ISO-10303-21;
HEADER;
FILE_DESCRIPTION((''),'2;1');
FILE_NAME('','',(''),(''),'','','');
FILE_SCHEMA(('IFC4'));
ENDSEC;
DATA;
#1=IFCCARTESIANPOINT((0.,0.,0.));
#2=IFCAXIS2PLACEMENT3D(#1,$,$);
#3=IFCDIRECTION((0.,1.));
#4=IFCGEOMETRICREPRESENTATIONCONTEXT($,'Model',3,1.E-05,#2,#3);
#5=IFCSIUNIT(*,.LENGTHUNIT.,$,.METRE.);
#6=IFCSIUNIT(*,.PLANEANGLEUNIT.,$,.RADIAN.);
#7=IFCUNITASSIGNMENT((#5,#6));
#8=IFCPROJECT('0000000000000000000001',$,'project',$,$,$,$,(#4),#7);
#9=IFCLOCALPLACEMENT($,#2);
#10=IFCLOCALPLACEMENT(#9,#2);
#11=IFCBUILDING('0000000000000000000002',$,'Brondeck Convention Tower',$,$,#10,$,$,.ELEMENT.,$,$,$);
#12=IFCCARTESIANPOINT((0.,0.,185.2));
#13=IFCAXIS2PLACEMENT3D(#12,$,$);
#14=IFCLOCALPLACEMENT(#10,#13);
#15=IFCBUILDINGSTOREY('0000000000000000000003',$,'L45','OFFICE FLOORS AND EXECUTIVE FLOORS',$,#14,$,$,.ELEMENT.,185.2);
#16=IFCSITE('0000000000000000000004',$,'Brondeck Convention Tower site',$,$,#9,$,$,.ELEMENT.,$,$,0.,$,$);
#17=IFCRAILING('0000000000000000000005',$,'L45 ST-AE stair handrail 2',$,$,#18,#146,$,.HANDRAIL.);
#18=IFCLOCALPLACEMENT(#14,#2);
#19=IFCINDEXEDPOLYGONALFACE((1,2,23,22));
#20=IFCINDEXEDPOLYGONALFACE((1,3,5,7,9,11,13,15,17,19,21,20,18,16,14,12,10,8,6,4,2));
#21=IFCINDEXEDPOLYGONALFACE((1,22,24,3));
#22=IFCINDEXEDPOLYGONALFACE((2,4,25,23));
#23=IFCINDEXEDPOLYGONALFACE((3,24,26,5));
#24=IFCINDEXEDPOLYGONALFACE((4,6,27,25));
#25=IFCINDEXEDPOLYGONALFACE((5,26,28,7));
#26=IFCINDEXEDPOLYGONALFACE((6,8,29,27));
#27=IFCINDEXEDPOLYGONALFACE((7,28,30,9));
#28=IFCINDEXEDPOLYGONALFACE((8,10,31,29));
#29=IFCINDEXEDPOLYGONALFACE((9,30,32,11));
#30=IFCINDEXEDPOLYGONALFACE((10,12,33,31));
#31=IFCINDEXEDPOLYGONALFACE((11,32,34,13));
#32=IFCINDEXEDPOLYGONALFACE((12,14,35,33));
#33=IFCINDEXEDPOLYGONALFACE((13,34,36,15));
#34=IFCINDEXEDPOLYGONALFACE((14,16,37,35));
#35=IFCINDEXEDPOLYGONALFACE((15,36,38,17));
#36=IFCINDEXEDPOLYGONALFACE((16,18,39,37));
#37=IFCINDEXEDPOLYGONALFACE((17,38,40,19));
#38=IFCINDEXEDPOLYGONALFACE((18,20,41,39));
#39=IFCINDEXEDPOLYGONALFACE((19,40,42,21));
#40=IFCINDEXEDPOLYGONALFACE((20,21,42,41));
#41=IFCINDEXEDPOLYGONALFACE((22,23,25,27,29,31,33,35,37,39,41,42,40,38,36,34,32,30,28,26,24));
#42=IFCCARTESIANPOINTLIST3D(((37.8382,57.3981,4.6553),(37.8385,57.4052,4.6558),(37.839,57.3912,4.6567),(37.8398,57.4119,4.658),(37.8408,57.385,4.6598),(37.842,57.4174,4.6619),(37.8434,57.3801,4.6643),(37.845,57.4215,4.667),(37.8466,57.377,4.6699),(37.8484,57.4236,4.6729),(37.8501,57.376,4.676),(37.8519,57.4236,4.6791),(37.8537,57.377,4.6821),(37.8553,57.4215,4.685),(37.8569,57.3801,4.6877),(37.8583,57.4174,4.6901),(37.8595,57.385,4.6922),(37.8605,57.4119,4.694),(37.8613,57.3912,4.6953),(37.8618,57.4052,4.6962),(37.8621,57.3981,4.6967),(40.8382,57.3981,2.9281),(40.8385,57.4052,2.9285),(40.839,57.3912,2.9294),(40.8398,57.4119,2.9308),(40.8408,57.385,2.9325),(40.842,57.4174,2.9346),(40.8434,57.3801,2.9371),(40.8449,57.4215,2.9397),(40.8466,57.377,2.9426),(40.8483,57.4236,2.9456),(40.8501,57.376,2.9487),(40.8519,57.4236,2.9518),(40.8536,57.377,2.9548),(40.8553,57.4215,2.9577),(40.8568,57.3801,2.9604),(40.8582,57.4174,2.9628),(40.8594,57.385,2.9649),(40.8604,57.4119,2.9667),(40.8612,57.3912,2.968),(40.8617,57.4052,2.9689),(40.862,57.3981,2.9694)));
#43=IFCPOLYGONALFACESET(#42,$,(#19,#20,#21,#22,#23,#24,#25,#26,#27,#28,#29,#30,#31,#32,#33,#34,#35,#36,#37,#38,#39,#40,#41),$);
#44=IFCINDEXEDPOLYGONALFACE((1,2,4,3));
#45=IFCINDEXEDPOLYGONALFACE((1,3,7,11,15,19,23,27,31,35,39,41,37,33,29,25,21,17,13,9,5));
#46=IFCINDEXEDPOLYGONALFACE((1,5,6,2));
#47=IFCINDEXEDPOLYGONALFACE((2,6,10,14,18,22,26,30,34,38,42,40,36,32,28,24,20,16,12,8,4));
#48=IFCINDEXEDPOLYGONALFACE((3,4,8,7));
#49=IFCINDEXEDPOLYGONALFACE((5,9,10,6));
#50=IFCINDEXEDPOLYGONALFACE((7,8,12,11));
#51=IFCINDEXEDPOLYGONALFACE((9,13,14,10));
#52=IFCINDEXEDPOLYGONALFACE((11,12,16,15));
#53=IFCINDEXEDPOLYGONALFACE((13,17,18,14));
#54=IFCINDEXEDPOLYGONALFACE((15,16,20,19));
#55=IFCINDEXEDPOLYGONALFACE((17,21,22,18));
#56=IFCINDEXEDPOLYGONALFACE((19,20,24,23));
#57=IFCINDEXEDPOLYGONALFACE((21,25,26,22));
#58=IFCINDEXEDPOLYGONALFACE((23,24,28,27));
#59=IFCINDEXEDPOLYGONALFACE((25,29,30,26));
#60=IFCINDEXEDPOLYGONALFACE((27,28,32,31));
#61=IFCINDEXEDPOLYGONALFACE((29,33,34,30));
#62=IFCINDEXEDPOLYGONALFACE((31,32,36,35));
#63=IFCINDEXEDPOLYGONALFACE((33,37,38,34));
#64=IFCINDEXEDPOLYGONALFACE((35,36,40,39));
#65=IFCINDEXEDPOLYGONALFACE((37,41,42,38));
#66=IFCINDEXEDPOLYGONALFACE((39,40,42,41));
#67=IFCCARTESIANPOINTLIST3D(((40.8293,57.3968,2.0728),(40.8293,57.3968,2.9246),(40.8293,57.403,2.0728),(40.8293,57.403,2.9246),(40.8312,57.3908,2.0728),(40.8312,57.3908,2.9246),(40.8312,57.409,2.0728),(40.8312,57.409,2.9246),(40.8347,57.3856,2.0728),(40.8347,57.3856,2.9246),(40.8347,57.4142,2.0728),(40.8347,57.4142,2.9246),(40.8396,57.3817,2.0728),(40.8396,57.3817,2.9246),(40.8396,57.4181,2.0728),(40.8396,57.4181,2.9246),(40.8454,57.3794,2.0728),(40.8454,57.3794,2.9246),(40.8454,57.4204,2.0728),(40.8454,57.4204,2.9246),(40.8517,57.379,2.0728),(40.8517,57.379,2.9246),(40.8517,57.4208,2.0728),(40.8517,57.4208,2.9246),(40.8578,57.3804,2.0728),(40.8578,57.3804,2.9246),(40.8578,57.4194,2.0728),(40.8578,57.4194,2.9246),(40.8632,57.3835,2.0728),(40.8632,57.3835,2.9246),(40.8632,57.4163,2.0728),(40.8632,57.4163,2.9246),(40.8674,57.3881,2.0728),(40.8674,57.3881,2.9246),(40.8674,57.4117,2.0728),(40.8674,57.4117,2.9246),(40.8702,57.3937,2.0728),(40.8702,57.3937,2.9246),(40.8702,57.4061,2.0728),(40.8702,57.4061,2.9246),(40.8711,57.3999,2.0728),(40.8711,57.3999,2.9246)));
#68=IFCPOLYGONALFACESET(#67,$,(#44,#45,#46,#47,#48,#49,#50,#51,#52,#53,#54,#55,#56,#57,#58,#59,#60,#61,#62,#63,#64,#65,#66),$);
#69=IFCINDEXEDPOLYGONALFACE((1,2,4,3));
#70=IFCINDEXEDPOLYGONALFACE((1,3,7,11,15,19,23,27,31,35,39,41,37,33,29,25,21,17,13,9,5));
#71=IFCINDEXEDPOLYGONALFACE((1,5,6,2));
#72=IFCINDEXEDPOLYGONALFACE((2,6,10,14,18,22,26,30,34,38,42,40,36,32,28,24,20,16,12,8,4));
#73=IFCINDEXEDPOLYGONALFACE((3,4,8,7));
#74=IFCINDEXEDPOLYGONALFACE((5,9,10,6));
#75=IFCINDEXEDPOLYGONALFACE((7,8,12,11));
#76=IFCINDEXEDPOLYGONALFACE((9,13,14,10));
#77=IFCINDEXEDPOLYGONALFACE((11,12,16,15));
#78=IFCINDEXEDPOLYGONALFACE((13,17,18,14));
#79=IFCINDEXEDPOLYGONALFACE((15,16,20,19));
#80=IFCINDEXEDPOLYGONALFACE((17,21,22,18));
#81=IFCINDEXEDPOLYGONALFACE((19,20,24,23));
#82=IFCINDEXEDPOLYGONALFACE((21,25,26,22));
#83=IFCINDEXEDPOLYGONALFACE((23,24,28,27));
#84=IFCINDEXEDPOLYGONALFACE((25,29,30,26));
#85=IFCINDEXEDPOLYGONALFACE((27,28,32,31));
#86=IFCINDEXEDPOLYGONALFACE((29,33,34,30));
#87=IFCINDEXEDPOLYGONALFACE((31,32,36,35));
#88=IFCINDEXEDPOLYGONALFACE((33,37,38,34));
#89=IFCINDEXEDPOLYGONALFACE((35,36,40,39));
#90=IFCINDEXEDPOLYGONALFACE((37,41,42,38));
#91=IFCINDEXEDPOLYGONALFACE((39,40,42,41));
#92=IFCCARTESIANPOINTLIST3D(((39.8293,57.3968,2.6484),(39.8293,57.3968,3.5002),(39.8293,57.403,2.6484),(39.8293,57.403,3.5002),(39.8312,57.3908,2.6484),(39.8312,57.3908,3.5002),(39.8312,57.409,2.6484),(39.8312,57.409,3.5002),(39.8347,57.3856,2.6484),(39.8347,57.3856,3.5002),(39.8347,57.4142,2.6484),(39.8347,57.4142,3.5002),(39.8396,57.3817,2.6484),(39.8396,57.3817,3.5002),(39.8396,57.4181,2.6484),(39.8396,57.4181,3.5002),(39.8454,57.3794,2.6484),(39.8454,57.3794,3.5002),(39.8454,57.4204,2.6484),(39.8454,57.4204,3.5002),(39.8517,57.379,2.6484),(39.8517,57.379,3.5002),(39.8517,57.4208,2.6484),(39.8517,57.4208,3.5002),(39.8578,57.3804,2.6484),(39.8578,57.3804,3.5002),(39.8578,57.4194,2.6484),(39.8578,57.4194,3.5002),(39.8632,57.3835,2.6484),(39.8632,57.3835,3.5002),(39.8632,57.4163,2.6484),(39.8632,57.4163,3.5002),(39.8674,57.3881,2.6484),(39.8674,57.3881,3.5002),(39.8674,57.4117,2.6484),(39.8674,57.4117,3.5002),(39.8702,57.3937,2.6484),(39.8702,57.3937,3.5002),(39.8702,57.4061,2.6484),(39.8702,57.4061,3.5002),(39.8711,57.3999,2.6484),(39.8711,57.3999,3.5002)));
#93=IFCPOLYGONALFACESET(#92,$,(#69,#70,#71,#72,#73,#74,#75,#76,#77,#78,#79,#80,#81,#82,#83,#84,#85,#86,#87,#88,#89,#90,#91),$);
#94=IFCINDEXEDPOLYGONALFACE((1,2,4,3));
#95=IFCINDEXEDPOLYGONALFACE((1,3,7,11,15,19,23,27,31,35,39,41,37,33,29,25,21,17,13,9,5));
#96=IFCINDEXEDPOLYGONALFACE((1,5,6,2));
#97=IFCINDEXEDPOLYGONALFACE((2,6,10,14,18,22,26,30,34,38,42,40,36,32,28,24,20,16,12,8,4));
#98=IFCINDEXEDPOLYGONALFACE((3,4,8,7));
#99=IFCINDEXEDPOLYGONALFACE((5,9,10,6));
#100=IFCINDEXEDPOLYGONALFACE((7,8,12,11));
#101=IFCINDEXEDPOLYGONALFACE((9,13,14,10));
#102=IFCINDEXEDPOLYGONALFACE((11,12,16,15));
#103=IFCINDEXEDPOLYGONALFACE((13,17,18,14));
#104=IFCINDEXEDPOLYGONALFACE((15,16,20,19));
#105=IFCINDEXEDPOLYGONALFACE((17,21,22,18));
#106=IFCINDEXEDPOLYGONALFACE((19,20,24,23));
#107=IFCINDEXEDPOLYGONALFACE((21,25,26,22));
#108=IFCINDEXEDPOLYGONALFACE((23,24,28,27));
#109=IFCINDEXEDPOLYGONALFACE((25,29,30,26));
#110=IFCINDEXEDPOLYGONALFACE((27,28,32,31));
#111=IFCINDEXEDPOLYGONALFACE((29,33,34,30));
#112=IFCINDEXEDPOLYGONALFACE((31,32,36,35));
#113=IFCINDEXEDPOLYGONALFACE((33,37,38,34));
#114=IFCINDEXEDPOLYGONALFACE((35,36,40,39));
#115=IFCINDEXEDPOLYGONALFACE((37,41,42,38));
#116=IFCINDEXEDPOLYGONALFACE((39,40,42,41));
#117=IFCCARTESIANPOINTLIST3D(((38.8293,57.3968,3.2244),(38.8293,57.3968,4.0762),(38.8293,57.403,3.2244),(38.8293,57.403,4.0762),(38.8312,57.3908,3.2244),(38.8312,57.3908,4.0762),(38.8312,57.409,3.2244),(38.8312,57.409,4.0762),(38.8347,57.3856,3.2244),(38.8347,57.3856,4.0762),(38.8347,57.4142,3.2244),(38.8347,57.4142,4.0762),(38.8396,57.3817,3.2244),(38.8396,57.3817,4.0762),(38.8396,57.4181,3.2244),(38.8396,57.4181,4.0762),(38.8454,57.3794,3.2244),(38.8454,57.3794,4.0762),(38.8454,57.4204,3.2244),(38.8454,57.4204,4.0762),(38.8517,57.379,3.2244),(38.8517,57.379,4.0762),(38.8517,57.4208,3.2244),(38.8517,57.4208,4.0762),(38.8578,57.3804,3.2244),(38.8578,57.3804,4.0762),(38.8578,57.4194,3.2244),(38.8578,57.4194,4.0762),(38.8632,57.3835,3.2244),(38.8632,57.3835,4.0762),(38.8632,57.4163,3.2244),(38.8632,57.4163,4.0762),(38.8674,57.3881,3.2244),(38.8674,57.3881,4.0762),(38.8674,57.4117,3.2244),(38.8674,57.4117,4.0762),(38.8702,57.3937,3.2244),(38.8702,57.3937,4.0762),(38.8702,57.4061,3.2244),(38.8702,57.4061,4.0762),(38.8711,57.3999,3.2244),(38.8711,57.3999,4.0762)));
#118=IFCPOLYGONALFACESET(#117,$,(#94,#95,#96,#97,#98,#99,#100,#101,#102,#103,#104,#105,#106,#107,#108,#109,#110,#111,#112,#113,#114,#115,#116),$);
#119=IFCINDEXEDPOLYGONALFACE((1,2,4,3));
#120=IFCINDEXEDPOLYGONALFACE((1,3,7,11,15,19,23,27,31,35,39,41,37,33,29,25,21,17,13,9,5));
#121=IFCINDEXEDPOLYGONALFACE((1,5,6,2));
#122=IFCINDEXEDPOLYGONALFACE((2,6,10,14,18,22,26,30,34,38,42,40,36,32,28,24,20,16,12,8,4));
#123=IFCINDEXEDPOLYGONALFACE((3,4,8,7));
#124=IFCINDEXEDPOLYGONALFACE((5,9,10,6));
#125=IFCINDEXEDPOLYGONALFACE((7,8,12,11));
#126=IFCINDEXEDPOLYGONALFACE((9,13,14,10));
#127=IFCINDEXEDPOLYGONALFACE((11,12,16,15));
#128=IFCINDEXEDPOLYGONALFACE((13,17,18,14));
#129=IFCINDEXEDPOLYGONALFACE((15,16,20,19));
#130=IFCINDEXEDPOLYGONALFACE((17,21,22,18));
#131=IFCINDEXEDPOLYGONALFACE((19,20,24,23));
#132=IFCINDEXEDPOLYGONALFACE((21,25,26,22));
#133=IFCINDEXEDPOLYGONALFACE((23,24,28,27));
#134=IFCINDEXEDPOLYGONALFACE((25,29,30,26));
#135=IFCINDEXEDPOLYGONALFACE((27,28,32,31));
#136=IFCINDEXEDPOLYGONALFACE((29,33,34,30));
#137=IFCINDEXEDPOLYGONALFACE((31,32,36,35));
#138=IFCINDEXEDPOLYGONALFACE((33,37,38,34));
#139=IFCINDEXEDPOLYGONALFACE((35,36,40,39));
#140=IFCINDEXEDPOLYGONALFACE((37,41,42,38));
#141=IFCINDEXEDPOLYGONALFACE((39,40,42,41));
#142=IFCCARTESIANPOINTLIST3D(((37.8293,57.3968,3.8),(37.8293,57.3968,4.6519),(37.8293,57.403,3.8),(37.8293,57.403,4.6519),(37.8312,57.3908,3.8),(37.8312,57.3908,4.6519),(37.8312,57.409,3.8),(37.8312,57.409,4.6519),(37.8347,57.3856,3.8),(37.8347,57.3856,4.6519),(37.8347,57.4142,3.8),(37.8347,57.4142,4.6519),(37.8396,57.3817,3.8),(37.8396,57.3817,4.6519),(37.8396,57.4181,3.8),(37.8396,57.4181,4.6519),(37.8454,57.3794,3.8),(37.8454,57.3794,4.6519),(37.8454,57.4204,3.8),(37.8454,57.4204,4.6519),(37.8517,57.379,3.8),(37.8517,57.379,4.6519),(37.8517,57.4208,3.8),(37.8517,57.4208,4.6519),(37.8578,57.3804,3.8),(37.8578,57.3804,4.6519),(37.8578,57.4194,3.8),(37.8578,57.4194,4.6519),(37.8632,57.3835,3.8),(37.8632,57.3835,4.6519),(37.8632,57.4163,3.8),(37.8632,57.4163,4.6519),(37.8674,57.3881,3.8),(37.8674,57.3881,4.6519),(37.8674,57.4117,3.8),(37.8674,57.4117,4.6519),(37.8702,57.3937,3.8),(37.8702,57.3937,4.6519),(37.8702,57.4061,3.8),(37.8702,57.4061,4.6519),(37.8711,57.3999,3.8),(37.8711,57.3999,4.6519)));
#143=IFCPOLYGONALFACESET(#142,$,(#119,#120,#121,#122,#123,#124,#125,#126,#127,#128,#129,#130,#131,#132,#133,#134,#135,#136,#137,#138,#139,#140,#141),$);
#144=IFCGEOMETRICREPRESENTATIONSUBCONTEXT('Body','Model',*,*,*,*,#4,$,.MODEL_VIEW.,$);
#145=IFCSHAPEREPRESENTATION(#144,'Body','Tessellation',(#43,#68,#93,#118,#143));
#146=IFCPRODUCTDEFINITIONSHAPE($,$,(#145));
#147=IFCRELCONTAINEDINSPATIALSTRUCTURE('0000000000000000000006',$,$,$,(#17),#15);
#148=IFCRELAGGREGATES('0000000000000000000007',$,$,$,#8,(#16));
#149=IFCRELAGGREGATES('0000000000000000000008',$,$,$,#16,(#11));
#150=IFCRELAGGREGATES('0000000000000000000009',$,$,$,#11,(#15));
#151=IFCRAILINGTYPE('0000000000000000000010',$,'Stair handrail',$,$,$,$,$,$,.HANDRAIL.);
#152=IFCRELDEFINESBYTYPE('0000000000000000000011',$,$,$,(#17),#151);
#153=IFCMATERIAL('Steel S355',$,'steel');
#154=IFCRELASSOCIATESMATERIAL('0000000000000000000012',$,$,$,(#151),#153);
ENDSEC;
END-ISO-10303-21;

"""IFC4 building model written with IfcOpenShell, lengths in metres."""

from ifc_helpers import new_model, si_unit, direction, frame, origin, origin_2d, place, context, subcontext, project, spatial, circle, extrude, material, type_object, element, save


model = new_model("IFC4")

# Units and contexts
model_context = context("Model", 3, precision=1e-05, world=origin(), true_north=direction((0.0, 1.0)))
body_context = subcontext(model_context, "Body", "Model", "MODEL_VIEW")
ifc_project = project(units=[si_unit("LENGTHUNIT", "METRE"), si_unit("PLANEANGLEUNIT", "RADIAN")], contexts=[model_context])

# Site, building, storey
site_placement = place(None, origin())
site = spatial("IfcSite", under=ifc_project, at=site_placement, Name="Brondeck Convention Tower site", CompositionType="ELEMENT", RefElevation=0.0)
building_placement = place(site_placement, origin())
building = spatial("IfcBuilding", under=site, at=building_placement, Name="Brondeck Convention Tower", CompositionType="ELEMENT")
storey_placement = place(building_placement, frame((0.0, 0.0, 185.2)))
storey = spatial("IfcBuildingStorey", under=building, at=storey_placement, Name="L45", Description="OFFICE FLOORS AND EXECUTIVE FLOORS", CompositionType="ELEMENT", Elevation=185.2)

# Shared definitions
ifc_material_1 = material(Name="Steel S355", Category="steel")

# Railing
railing_type = type_object("IfcRailingType", Name="Stair handrail", PredefinedType="HANDRAIL", material=ifc_material_1)
for number, where, name in (
    (1, (40.8501, 57.3999, 2.0728), "L45 ST-AE stair handrail 2"),
):
    element("IfcRailing", number, at=place(storey_placement, frame(where)), inside=storey, type_object=railing_type, Name=name, PredefinedType="HANDRAIL", context=body_context, shape_type="SweptSolid", body=[
        extrude(circle(Radius=0.0239, at=origin_2d()), frame((0.0, 0.0, 0.876), z_axis=(-0.86662, 0.0, 0.498969), x_axis=(0.0, -1.0, 0.0)), (0.0, 0.0, 1.0), 3.4617),
        extrude(circle(Radius=0.021, at=origin_2d()), origin(), (0.0, 0.0, 1.0), 0.8518),
        extrude(circle(Radius=0.021, at=origin_2d()), frame((-1.0, 0.0, 0.5757)), (0.0, 0.0, 1.0), 0.8518),
        extrude(circle(Radius=0.021, at=origin_2d()), frame((-2.0, 0.0, 1.1516)), (0.0, 0.0, 1.0), 0.8518),
        extrude(circle(Radius=0.021, at=origin_2d()), frame((-3.0, 0.0, 1.7273)), (0.0, 0.0, 1.0), 0.8518),
    ])

save(model, "model.ifc")
